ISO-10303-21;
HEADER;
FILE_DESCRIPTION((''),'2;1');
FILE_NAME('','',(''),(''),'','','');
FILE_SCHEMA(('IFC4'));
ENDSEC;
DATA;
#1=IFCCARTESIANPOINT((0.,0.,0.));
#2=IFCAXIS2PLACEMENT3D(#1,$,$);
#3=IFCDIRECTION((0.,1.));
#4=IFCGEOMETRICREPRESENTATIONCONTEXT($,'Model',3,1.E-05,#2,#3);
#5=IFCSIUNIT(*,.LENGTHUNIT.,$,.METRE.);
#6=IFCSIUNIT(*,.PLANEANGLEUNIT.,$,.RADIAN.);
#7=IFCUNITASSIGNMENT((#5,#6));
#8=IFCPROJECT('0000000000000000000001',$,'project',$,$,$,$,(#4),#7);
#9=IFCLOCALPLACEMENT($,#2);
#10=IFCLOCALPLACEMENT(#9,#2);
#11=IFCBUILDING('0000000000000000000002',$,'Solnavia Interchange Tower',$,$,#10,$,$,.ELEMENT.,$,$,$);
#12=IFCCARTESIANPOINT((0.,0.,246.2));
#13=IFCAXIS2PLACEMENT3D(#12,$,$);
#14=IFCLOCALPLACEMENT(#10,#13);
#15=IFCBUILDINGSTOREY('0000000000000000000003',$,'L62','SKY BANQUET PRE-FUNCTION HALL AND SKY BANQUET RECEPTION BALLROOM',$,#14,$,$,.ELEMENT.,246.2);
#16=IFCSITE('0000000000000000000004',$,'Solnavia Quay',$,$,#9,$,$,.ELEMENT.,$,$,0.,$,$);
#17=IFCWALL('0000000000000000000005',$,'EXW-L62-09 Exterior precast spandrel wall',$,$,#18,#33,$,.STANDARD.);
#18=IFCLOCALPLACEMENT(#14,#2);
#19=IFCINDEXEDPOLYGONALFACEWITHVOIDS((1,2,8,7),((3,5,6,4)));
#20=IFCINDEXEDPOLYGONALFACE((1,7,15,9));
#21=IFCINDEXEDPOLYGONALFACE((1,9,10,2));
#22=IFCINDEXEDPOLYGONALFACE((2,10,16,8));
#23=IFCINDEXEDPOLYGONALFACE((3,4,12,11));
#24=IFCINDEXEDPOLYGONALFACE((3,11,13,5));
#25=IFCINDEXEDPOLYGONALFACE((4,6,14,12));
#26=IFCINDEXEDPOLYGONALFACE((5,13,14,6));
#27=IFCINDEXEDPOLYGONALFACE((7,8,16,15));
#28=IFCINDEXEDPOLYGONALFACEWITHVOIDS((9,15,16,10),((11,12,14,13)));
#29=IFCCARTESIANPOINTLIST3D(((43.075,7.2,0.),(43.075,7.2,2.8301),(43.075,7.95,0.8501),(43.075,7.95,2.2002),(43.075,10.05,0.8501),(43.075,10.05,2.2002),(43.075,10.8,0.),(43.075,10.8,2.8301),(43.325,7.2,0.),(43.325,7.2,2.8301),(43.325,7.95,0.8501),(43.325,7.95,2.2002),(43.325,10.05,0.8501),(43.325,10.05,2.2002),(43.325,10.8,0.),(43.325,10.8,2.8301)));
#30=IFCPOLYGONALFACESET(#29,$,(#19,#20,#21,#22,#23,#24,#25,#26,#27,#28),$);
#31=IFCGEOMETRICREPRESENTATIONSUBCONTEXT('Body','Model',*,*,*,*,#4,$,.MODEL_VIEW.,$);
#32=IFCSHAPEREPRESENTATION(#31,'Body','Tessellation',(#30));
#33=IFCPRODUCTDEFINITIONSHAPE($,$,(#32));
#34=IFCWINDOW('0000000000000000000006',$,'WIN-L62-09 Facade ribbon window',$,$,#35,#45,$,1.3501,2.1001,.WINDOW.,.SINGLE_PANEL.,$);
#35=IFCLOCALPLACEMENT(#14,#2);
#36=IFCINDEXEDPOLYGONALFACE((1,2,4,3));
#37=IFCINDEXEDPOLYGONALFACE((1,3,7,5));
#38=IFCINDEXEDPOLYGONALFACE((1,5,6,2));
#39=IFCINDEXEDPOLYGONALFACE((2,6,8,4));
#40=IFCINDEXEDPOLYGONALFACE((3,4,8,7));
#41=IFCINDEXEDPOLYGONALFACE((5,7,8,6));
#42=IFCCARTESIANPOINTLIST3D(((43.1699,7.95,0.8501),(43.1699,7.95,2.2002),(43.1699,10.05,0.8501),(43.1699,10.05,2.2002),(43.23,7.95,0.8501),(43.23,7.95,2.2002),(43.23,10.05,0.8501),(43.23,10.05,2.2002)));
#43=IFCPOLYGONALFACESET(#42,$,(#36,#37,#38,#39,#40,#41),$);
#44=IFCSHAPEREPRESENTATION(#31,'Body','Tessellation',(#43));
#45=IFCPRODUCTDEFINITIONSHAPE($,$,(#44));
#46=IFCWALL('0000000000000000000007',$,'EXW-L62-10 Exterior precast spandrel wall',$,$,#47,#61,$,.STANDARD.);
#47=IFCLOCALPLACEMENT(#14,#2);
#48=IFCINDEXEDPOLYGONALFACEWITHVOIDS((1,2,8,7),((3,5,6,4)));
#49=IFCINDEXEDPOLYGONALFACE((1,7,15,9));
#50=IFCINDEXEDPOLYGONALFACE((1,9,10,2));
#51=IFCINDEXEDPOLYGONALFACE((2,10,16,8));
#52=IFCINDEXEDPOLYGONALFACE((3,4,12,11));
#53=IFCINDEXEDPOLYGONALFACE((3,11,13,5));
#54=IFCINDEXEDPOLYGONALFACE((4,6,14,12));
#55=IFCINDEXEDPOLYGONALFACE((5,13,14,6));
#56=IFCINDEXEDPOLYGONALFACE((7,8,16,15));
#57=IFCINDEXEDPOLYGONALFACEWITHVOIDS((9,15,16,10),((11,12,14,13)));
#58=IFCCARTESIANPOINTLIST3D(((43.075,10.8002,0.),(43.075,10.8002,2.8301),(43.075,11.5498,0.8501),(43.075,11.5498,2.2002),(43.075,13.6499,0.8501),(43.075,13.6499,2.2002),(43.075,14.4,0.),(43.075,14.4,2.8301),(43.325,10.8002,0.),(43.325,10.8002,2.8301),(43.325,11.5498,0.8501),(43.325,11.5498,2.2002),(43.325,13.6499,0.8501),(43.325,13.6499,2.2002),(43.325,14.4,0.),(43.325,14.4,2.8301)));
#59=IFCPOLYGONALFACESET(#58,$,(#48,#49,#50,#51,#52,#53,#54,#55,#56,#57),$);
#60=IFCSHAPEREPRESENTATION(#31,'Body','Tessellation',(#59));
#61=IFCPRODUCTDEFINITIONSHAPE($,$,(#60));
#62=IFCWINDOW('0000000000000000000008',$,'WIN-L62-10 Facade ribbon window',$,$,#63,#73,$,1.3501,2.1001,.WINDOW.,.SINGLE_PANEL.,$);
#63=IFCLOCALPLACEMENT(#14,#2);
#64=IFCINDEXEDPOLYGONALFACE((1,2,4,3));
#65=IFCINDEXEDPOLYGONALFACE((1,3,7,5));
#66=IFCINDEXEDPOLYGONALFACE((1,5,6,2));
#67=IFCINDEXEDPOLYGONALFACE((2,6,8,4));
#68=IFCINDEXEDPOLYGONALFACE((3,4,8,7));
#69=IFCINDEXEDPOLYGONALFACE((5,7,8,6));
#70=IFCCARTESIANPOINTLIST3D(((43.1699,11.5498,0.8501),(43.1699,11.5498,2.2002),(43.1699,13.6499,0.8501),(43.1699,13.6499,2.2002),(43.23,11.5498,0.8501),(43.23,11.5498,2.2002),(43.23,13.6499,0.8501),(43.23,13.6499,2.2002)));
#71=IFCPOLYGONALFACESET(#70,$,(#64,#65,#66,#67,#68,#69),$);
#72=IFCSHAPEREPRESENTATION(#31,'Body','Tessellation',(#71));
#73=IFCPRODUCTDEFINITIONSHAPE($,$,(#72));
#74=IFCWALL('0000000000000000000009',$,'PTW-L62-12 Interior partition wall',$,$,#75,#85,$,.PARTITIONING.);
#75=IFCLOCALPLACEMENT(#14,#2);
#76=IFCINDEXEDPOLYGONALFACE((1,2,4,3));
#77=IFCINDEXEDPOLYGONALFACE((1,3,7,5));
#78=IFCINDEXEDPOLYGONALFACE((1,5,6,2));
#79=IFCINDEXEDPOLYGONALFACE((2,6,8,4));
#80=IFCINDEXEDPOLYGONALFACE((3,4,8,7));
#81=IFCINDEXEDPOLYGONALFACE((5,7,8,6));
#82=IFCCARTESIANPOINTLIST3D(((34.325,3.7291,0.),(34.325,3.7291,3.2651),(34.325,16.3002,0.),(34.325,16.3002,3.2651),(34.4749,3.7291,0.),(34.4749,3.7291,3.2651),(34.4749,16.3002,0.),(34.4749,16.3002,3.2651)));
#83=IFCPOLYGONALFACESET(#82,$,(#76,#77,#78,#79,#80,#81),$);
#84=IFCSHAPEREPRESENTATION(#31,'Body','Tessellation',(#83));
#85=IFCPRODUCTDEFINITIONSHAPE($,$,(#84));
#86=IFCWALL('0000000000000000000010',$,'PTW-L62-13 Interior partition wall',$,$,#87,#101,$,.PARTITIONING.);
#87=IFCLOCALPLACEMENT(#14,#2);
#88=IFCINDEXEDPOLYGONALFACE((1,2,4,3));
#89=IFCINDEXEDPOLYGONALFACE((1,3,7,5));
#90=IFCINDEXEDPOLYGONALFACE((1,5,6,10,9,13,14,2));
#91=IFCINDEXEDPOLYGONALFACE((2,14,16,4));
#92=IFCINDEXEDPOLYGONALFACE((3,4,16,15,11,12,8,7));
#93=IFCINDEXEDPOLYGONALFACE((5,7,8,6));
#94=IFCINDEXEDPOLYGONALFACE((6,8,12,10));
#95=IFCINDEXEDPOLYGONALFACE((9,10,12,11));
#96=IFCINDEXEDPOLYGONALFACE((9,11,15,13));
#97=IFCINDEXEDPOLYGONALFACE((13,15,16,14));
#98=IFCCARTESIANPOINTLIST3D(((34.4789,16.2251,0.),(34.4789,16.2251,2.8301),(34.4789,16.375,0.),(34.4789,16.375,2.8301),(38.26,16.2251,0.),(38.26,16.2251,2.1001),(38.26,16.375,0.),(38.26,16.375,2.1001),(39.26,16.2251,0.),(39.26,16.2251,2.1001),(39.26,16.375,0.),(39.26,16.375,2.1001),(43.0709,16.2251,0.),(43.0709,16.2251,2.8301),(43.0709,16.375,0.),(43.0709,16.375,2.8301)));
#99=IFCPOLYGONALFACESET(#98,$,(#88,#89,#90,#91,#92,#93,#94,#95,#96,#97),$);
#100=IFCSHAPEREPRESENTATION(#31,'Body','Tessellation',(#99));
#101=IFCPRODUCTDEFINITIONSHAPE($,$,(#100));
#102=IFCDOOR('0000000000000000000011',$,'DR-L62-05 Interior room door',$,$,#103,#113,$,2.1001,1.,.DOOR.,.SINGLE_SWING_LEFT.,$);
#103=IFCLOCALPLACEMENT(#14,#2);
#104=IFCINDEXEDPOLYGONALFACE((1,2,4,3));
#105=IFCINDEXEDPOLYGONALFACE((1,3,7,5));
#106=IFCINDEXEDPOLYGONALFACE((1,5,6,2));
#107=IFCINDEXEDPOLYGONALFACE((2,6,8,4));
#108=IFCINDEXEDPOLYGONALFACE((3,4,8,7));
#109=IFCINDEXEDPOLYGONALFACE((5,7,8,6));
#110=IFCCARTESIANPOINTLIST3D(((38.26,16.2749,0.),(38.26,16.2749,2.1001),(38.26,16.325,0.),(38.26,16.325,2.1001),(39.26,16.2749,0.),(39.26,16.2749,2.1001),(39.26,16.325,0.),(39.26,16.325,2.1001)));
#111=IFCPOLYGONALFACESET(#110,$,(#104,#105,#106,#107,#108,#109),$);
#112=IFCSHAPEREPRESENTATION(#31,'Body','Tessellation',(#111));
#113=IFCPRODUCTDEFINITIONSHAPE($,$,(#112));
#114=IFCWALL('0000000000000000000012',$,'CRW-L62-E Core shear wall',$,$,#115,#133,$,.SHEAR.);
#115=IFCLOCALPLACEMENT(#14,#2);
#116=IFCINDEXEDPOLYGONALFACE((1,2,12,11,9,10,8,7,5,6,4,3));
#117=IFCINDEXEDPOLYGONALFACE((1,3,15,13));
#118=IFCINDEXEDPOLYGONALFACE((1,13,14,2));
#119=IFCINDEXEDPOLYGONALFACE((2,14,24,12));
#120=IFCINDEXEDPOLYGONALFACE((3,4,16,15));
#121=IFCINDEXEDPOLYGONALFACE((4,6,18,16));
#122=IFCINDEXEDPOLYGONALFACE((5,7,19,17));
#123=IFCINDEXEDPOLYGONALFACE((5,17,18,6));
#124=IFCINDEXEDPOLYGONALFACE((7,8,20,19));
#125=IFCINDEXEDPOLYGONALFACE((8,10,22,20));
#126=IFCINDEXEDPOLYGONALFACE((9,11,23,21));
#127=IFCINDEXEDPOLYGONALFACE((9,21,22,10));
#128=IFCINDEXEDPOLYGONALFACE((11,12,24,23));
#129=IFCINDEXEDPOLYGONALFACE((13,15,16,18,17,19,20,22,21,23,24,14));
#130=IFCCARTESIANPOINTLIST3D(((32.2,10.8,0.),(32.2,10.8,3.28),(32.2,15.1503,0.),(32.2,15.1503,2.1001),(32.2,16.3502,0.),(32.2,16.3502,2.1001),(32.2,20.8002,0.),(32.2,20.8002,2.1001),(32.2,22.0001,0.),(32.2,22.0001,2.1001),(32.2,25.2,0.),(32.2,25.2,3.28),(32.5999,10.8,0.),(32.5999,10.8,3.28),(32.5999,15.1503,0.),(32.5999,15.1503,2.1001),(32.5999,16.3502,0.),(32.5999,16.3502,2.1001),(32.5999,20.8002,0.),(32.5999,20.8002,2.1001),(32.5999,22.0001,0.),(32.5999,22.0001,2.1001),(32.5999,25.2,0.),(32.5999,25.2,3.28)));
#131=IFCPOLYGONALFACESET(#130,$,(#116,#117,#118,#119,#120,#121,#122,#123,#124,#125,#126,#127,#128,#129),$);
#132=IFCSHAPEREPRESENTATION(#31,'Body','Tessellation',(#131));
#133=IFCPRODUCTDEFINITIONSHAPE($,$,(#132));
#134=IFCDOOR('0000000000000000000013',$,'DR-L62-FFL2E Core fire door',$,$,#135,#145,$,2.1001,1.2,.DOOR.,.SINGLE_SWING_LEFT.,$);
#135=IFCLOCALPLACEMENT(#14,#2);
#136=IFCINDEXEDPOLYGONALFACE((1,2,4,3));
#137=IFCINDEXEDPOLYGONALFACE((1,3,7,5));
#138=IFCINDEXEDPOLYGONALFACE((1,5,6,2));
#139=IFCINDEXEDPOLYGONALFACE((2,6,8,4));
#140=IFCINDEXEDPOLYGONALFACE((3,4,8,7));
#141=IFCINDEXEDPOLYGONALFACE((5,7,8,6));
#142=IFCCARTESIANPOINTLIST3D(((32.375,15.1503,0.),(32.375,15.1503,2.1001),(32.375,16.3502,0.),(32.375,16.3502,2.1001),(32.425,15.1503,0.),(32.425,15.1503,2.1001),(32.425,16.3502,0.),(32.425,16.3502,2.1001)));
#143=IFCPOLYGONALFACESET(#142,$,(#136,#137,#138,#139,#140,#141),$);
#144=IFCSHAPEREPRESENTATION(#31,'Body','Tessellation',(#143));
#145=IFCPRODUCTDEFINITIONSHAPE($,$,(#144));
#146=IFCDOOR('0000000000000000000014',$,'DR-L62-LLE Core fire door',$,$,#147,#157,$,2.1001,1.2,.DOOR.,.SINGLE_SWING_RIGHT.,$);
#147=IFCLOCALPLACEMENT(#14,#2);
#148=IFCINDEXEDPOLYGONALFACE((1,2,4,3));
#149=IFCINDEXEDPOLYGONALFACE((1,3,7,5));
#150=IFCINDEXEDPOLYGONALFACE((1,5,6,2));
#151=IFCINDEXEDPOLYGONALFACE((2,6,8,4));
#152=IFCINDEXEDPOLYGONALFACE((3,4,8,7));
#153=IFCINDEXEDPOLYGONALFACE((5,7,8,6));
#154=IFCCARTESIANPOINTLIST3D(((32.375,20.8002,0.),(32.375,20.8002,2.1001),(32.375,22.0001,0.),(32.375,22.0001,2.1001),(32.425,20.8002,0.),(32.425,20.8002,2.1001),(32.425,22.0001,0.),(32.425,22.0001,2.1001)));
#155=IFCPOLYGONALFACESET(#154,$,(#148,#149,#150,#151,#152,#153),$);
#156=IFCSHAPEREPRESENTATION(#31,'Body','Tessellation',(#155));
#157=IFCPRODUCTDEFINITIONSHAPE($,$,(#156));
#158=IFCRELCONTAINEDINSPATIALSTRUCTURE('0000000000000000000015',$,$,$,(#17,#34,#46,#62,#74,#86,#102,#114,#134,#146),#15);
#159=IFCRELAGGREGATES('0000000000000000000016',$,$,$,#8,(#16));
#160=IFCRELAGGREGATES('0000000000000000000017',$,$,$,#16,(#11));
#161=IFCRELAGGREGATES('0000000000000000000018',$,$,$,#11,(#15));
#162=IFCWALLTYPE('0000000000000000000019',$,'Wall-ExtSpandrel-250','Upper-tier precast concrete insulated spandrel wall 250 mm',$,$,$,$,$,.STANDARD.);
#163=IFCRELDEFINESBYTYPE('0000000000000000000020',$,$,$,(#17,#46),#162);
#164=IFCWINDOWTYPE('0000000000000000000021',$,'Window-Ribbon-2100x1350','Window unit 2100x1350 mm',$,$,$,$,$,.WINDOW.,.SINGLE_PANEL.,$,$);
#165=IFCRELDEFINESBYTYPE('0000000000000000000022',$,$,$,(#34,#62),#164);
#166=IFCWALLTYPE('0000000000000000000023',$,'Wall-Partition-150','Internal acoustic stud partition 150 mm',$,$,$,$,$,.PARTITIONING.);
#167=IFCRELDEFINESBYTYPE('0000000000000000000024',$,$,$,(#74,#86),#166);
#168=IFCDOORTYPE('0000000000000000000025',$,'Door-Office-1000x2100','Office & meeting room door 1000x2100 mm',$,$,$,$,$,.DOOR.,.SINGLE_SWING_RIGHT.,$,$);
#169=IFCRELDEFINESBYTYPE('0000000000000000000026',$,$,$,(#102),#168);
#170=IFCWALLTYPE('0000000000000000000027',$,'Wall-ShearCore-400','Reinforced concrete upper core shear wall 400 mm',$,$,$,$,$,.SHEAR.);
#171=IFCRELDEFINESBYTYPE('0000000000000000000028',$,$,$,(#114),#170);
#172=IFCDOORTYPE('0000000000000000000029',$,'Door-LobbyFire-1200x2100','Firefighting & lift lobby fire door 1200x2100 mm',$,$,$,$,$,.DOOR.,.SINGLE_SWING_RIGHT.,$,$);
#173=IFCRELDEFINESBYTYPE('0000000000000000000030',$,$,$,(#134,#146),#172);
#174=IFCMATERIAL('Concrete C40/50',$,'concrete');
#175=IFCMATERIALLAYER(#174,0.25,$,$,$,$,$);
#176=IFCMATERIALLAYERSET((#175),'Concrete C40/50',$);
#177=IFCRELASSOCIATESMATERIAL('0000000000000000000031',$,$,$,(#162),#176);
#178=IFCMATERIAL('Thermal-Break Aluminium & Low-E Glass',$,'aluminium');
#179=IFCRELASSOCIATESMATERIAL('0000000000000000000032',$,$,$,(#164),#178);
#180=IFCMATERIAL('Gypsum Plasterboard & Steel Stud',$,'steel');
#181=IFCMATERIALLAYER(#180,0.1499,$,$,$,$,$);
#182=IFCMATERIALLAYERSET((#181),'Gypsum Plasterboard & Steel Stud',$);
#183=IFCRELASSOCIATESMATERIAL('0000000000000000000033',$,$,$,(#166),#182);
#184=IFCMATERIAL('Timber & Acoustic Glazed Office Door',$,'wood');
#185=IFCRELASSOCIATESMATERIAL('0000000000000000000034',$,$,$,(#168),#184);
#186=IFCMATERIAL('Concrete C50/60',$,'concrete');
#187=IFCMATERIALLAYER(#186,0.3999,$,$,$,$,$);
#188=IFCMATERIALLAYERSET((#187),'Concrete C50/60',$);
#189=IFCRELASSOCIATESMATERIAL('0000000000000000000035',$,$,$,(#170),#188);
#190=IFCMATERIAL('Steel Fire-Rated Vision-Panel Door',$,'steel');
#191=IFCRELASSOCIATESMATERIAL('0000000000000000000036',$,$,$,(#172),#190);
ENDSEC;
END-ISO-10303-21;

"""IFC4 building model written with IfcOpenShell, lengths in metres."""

from ifc_helpers import new_model, si_unit, direction, frame, frame_2d, origin, place, context, subcontext, project, spatial, rectangle, extrude, material, layer, layer_set, type_object, element, fill, save


model = new_model("IFC4")

# Units and contexts
model_context = context("Model", 3, precision=1e-05, world=origin(), true_north=direction((0.0, 1.0)))
body_context = subcontext(model_context, "Body", "Model", "MODEL_VIEW")
ifc_project = project(units=[si_unit("LENGTHUNIT", "METRE"), si_unit("PLANEANGLEUNIT", "RADIAN")], contexts=[model_context])

# Site, building, storey
site_placement = place(None, origin())
site = spatial("IfcSite", under=ifc_project, at=site_placement, Name="Solnavia Quay", CompositionType="ELEMENT", RefElevation=0.0)
building_placement = place(site_placement, origin())
building = spatial("IfcBuilding", under=site, at=building_placement, Name="Solnavia Interchange Tower", CompositionType="ELEMENT")
storey_placement = place(building_placement, frame((0.0, 0.0, 246.2)))
storey = spatial("IfcBuildingStorey", under=building, at=storey_placement, Name="L62", Description="SKY BANQUET PRE-FUNCTION HALL AND SKY BANQUET RECEPTION BALLROOM", CompositionType="ELEMENT", Elevation=246.2)

# Shared definitions
ifc_material_1 = material(Name="Concrete C50/60", Category="concrete")

# Shared definitions
ifc_material_2 = material(Name="Concrete C40/50", Category="concrete")
ifc_layer_1 = layer(ifc_material_2, 0.25)
ifc_layer_set_1 = layer_set([ifc_layer_1], Name="Concrete C40/50")
wall_type_1 = type_object("IfcWallType", Name="Wall-ExtSpandrel-250", Description="Upper-tier precast concrete insulated spandrel wall 250 mm", PredefinedType="STANDARD", material=ifc_layer_set_1)

# Shared definitions
ifc_material_3 = material(Name="Thermal-Break Aluminium & Low-E Glass", Category="aluminium")
window_type = type_object("IfcWindowType", Name="Window-Ribbon-2100x1350", Description="Window unit 2100x1350 mm", PartitioningType="SINGLE_PANEL", PredefinedType="WINDOW", material=ifc_material_3)

# Walls, openings, windows
wall_1_placement = place(storey_placement, frame((43.2, 10.8, 0.0), z_axis=(0.0, 0.0, 1.0), x_axis=(0.0, -1.0, 0.0)))
wall_1 = element("IfcWall", 1, at=wall_1_placement, inside=storey, type_object=wall_type_1, Name="EXW-L62-09 Exterior precast spandrel wall", PredefinedType="STANDARD", context=body_context, shape_type="SweptSolid", body=[
    extrude(rectangle(XDim=3.6001, YDim=0.25, at=frame_2d((1.8, 0.0))), origin(), (0.0, 0.0, 1.0), 2.8301),
])
opening_1_placement = place(wall_1_placement, frame((0.75, 0.0, 0.8501)))
opening_1 = element("IfcOpeningElement", 2, at=opening_1_placement, cuts=wall_1, PredefinedType="OPENING", context=body_context, shape_type="SweptSolid", body=[
    extrude(rectangle(XDim=2.1001, YDim=1.3501, at=frame_2d((1.05, 0.675))), frame((0.0, 0.135, 0.0), z_axis=(0.0, -1.0, 0.0), x_axis=(1.0, 0.0, 0.0)), (0.0, 0.0, 1.0), 0.27),
])
window_1_placement = place(opening_1_placement, origin())
window_1 = element("IfcWindow", 3, at=window_1_placement, inside=storey, type_object=window_type, Name="WIN-L62-09 Facade ribbon window", OverallHeight=1.3501, OverallWidth=2.1001, PartitioningType="SINGLE_PANEL", PredefinedType="WINDOW", context=body_context, shape_type="SweptSolid", body=[
    extrude(rectangle(XDim=2.1001, YDim=1.3501, at=frame_2d((1.05, 0.675))), frame((0.0, 0.03, 0.0), z_axis=(0.0, -1.0, 0.0), x_axis=(1.0, 0.0, 0.0)), (0.0, 0.0, 1.0), 0.0601),
])
fill(opening_1, window_1)
wall_2_placement = place(storey_placement, frame((43.2, 14.3999, 0.0), z_axis=(0.0, 0.0, 1.0), x_axis=(0.0, -1.0, 0.0)))
wall_2 = element("IfcWall", 4, at=wall_2_placement, inside=storey, type_object=wall_type_1, Name="EXW-L62-10 Exterior precast spandrel wall", PredefinedType="STANDARD", context=body_context, shape_type="SweptSolid", body=[
    extrude(rectangle(XDim=3.5999, YDim=0.25, at=frame_2d((1.7998, 0.0))), origin(), (0.0, 0.0, 1.0), 2.8301),
])
opening_2_placement = place(wall_2_placement, frame((0.75, 0.0, 0.8501)))
opening_2 = element("IfcOpeningElement", 5, at=opening_2_placement, cuts=wall_2, PredefinedType="OPENING", context=body_context, shape_type="SweptSolid", body=[
    extrude(rectangle(XDim=2.1001, YDim=1.3501, at=frame_2d((1.05, 0.675))), frame((0.0, 0.135, 0.0), z_axis=(0.0, -1.0, 0.0), x_axis=(1.0, 0.0, 0.0)), (0.0, 0.0, 1.0), 0.27),
])
window_2_placement = place(opening_2_placement, origin())
window_2 = element("IfcWindow", 6, at=window_2_placement, inside=storey, type_object=window_type, Name="WIN-L62-10 Facade ribbon window", OverallHeight=1.3501, OverallWidth=2.1001, PartitioningType="SINGLE_PANEL", PredefinedType="WINDOW", context=body_context, shape_type="SweptSolid", body=[
    extrude(rectangle(XDim=2.1001, YDim=1.3501, at=frame_2d((1.05, 0.675))), frame((0.0, 0.03, 0.0), z_axis=(0.0, -1.0, 0.0), x_axis=(1.0, 0.0, 0.0)), (0.0, 0.0, 1.0), 0.0601),
])
fill(opening_2, window_2)

# Wall
ifc_material_4 = material(Name="Gypsum Plasterboard & Steel Stud", Category="steel")
ifc_layer_2 = layer(ifc_material_4, 0.1499)
ifc_layer_set_2 = layer_set([ifc_layer_2], Name="Gypsum Plasterboard & Steel Stud")
wall_type_2 = type_object("IfcWallType", Name="Wall-Partition-150", Description="Internal acoustic stud partition 150 mm", PredefinedType="PARTITIONING", material=ifc_layer_set_2)
wall_3_placement = place(storey_placement, frame((34.3999, 3.729, 0.0), z_axis=(0.0, 0.0, 1.0), x_axis=(0.0, 1.0, 0.0)))
element("IfcWall", 7, at=wall_3_placement, inside=storey, type_object=wall_type_2, Name="PTW-L62-12 Interior partition wall", PredefinedType="PARTITIONING", context=body_context, shape_type="SweptSolid", body=[
    extrude(rectangle(XDim=12.571, YDim=0.1499, at=frame_2d((6.2856, 0.0))), origin(), (0.0, 0.0, 1.0), 3.2651),
])

# Wall, opening, door
wall_4_placement = place(storey_placement, frame((34.479, 16.3, 0.0), z_axis=(0.0, 0.0, 1.0), x_axis=(1.0, 0.0, 0.0)))
wall_4 = element("IfcWall", 8, at=wall_4_placement, inside=storey, type_object=wall_type_2, Name="PTW-L62-13 Interior partition wall", PredefinedType="PARTITIONING", context=body_context, shape_type="SweptSolid", body=[
    extrude(rectangle(XDim=8.592, YDim=0.1499, at=frame_2d((4.2959, 0.0))), origin(), (0.0, 0.0, 1.0), 2.8301),
])
opening_3_placement = place(wall_4_placement, frame((3.781, 0.0, 0.0)))
opening_3 = element("IfcOpeningElement", 9, at=opening_3_placement, cuts=wall_4, PredefinedType="OPENING", context=body_context, shape_type="SweptSolid", body=[
    extrude(rectangle(XDim=1.0, YDim=2.1001, at=frame_2d((0.5, 1.05))), frame((0.0, 0.085, 0.0), z_axis=(0.0, -1.0, 0.0), x_axis=(1.0, 0.0, 0.0)), (0.0, 0.0, 1.0), 0.1699),
])
ifc_material_5 = material(Name="Timber & Acoustic Glazed Office Door", Category="wood")
door_type_1 = type_object("IfcDoorType", Name="Door-Office-1000x2100", Description="Office & meeting room door 1000x2100 mm", OperationType="SINGLE_SWING_RIGHT", PredefinedType="DOOR", material=ifc_material_5)
door_1_placement = place(opening_3_placement, origin())
door_1 = element("IfcDoor", 10, at=door_1_placement, inside=storey, type_object=door_type_1, Name="DR-L62-05 Interior room door", OperationType="SINGLE_SWING_LEFT", OverallHeight=2.1001, OverallWidth=1.0, PredefinedType="DOOR", context=body_context, shape_type="SweptSolid", body=[
    extrude(rectangle(XDim=1.0, YDim=2.1001, at=frame_2d((0.5, 1.05))), frame((0.0, 0.0249, 0.0), z_axis=(0.0, -1.0, 0.0), x_axis=(1.0, 0.0, 0.0)), (0.0, 0.0, 1.0), 0.05),
])
fill(opening_3, door_1)

# Wall, openings, doors
ifc_layer_3 = layer(ifc_material_1, 0.3999)
ifc_layer_set_3 = layer_set([ifc_layer_3], Name="Concrete C50/60")
wall_type_3 = type_object("IfcWallType", Name="Wall-ShearCore-400", Description="Reinforced concrete upper core shear wall 400 mm", PredefinedType="SHEAR", material=ifc_layer_set_3)
wall_5_placement = place(storey_placement, frame((32.3999, 10.8, 0.0), z_axis=(0.0, 0.0, 1.0), x_axis=(0.0, 1.0, 0.0)))
wall_5 = element("IfcWall", 11, at=wall_5_placement, inside=storey, type_object=wall_type_3, Name="CRW-L62-E Core shear wall", PredefinedType="SHEAR", context=body_context, shape_type="SweptSolid", body=[
    extrude(rectangle(XDim=14.3999, YDim=0.3999, at=frame_2d((7.2, 0.0))), origin(), (0.0, 0.0, 1.0), 3.28),
])
opening_4_placement = place(wall_5_placement, frame((4.3501, 0.0, 0.0)))
opening_4 = element("IfcOpeningElement", 12, at=opening_4_placement, cuts=wall_5, PredefinedType="OPENING", context=body_context, shape_type="SweptSolid", body=[
    extrude(rectangle(XDim=1.2, YDim=2.1001, at=frame_2d((0.6001, 1.05))), frame((0.0, 0.21, 0.0), z_axis=(0.0, -1.0, 0.0), x_axis=(1.0, 0.0, 0.0)), (0.0, 0.0, 1.0), 0.4199),
])
opening_5_placement = place(wall_5_placement, frame((10.0, 0.0, 0.0)))
opening_5 = element("IfcOpeningElement", 13, at=opening_5_placement, cuts=wall_5, PredefinedType="OPENING", context=body_context, shape_type="SweptSolid", body=[
    extrude(rectangle(XDim=1.2, YDim=2.1001, at=frame_2d((0.6001, 1.05))), frame((0.0, 0.21, 0.0), z_axis=(0.0, -1.0, 0.0), x_axis=(1.0, 0.0, 0.0)), (0.0, 0.0, 1.0), 0.4199),
])
ifc_material_6 = material(Name="Steel Fire-Rated Vision-Panel Door", Category="steel")
door_type_2 = type_object("IfcDoorType", Name="Door-LobbyFire-1200x2100", Description="Firefighting & lift lobby fire door 1200x2100 mm", OperationType="SINGLE_SWING_RIGHT", PredefinedType="DOOR", material=ifc_material_6)
door_2_placement = place(opening_4_placement, origin())
door_2 = element("IfcDoor", 14, at=door_2_placement, inside=storey, type_object=door_type_2, Name="DR-L62-FFL2E Core fire door", OperationType="SINGLE_SWING_LEFT", OverallHeight=2.1001, OverallWidth=1.2, PredefinedType="DOOR", context=body_context, shape_type="SweptSolid", body=[
    extrude(rectangle(XDim=1.2, YDim=2.1001, at=frame_2d((0.6001, 1.05))), frame((0.0, 0.0249, 0.0), z_axis=(0.0, -1.0, 0.0), x_axis=(1.0, 0.0, 0.0)), (0.0, 0.0, 1.0), 0.05),
])
fill(opening_4, door_2)
door_3_placement = place(opening_5_placement, origin())
door_3 = element("IfcDoor", 15, at=door_3_placement, inside=storey, type_object=door_type_2, Name="DR-L62-LLE Core fire door", OperationType="SINGLE_SWING_RIGHT", OverallHeight=2.1001, OverallWidth=1.2, PredefinedType="DOOR", context=body_context, shape_type="SweptSolid", body=[
    extrude(rectangle(XDim=1.2, YDim=2.1001, at=frame_2d((0.6001, 1.05))), frame((0.0, 0.0249, 0.0), z_axis=(0.0, -1.0, 0.0), x_axis=(1.0, 0.0, 0.0)), (0.0, 0.0, 1.0), 0.05),
])
fill(opening_5, door_3)

save(model, "model.ifc")
